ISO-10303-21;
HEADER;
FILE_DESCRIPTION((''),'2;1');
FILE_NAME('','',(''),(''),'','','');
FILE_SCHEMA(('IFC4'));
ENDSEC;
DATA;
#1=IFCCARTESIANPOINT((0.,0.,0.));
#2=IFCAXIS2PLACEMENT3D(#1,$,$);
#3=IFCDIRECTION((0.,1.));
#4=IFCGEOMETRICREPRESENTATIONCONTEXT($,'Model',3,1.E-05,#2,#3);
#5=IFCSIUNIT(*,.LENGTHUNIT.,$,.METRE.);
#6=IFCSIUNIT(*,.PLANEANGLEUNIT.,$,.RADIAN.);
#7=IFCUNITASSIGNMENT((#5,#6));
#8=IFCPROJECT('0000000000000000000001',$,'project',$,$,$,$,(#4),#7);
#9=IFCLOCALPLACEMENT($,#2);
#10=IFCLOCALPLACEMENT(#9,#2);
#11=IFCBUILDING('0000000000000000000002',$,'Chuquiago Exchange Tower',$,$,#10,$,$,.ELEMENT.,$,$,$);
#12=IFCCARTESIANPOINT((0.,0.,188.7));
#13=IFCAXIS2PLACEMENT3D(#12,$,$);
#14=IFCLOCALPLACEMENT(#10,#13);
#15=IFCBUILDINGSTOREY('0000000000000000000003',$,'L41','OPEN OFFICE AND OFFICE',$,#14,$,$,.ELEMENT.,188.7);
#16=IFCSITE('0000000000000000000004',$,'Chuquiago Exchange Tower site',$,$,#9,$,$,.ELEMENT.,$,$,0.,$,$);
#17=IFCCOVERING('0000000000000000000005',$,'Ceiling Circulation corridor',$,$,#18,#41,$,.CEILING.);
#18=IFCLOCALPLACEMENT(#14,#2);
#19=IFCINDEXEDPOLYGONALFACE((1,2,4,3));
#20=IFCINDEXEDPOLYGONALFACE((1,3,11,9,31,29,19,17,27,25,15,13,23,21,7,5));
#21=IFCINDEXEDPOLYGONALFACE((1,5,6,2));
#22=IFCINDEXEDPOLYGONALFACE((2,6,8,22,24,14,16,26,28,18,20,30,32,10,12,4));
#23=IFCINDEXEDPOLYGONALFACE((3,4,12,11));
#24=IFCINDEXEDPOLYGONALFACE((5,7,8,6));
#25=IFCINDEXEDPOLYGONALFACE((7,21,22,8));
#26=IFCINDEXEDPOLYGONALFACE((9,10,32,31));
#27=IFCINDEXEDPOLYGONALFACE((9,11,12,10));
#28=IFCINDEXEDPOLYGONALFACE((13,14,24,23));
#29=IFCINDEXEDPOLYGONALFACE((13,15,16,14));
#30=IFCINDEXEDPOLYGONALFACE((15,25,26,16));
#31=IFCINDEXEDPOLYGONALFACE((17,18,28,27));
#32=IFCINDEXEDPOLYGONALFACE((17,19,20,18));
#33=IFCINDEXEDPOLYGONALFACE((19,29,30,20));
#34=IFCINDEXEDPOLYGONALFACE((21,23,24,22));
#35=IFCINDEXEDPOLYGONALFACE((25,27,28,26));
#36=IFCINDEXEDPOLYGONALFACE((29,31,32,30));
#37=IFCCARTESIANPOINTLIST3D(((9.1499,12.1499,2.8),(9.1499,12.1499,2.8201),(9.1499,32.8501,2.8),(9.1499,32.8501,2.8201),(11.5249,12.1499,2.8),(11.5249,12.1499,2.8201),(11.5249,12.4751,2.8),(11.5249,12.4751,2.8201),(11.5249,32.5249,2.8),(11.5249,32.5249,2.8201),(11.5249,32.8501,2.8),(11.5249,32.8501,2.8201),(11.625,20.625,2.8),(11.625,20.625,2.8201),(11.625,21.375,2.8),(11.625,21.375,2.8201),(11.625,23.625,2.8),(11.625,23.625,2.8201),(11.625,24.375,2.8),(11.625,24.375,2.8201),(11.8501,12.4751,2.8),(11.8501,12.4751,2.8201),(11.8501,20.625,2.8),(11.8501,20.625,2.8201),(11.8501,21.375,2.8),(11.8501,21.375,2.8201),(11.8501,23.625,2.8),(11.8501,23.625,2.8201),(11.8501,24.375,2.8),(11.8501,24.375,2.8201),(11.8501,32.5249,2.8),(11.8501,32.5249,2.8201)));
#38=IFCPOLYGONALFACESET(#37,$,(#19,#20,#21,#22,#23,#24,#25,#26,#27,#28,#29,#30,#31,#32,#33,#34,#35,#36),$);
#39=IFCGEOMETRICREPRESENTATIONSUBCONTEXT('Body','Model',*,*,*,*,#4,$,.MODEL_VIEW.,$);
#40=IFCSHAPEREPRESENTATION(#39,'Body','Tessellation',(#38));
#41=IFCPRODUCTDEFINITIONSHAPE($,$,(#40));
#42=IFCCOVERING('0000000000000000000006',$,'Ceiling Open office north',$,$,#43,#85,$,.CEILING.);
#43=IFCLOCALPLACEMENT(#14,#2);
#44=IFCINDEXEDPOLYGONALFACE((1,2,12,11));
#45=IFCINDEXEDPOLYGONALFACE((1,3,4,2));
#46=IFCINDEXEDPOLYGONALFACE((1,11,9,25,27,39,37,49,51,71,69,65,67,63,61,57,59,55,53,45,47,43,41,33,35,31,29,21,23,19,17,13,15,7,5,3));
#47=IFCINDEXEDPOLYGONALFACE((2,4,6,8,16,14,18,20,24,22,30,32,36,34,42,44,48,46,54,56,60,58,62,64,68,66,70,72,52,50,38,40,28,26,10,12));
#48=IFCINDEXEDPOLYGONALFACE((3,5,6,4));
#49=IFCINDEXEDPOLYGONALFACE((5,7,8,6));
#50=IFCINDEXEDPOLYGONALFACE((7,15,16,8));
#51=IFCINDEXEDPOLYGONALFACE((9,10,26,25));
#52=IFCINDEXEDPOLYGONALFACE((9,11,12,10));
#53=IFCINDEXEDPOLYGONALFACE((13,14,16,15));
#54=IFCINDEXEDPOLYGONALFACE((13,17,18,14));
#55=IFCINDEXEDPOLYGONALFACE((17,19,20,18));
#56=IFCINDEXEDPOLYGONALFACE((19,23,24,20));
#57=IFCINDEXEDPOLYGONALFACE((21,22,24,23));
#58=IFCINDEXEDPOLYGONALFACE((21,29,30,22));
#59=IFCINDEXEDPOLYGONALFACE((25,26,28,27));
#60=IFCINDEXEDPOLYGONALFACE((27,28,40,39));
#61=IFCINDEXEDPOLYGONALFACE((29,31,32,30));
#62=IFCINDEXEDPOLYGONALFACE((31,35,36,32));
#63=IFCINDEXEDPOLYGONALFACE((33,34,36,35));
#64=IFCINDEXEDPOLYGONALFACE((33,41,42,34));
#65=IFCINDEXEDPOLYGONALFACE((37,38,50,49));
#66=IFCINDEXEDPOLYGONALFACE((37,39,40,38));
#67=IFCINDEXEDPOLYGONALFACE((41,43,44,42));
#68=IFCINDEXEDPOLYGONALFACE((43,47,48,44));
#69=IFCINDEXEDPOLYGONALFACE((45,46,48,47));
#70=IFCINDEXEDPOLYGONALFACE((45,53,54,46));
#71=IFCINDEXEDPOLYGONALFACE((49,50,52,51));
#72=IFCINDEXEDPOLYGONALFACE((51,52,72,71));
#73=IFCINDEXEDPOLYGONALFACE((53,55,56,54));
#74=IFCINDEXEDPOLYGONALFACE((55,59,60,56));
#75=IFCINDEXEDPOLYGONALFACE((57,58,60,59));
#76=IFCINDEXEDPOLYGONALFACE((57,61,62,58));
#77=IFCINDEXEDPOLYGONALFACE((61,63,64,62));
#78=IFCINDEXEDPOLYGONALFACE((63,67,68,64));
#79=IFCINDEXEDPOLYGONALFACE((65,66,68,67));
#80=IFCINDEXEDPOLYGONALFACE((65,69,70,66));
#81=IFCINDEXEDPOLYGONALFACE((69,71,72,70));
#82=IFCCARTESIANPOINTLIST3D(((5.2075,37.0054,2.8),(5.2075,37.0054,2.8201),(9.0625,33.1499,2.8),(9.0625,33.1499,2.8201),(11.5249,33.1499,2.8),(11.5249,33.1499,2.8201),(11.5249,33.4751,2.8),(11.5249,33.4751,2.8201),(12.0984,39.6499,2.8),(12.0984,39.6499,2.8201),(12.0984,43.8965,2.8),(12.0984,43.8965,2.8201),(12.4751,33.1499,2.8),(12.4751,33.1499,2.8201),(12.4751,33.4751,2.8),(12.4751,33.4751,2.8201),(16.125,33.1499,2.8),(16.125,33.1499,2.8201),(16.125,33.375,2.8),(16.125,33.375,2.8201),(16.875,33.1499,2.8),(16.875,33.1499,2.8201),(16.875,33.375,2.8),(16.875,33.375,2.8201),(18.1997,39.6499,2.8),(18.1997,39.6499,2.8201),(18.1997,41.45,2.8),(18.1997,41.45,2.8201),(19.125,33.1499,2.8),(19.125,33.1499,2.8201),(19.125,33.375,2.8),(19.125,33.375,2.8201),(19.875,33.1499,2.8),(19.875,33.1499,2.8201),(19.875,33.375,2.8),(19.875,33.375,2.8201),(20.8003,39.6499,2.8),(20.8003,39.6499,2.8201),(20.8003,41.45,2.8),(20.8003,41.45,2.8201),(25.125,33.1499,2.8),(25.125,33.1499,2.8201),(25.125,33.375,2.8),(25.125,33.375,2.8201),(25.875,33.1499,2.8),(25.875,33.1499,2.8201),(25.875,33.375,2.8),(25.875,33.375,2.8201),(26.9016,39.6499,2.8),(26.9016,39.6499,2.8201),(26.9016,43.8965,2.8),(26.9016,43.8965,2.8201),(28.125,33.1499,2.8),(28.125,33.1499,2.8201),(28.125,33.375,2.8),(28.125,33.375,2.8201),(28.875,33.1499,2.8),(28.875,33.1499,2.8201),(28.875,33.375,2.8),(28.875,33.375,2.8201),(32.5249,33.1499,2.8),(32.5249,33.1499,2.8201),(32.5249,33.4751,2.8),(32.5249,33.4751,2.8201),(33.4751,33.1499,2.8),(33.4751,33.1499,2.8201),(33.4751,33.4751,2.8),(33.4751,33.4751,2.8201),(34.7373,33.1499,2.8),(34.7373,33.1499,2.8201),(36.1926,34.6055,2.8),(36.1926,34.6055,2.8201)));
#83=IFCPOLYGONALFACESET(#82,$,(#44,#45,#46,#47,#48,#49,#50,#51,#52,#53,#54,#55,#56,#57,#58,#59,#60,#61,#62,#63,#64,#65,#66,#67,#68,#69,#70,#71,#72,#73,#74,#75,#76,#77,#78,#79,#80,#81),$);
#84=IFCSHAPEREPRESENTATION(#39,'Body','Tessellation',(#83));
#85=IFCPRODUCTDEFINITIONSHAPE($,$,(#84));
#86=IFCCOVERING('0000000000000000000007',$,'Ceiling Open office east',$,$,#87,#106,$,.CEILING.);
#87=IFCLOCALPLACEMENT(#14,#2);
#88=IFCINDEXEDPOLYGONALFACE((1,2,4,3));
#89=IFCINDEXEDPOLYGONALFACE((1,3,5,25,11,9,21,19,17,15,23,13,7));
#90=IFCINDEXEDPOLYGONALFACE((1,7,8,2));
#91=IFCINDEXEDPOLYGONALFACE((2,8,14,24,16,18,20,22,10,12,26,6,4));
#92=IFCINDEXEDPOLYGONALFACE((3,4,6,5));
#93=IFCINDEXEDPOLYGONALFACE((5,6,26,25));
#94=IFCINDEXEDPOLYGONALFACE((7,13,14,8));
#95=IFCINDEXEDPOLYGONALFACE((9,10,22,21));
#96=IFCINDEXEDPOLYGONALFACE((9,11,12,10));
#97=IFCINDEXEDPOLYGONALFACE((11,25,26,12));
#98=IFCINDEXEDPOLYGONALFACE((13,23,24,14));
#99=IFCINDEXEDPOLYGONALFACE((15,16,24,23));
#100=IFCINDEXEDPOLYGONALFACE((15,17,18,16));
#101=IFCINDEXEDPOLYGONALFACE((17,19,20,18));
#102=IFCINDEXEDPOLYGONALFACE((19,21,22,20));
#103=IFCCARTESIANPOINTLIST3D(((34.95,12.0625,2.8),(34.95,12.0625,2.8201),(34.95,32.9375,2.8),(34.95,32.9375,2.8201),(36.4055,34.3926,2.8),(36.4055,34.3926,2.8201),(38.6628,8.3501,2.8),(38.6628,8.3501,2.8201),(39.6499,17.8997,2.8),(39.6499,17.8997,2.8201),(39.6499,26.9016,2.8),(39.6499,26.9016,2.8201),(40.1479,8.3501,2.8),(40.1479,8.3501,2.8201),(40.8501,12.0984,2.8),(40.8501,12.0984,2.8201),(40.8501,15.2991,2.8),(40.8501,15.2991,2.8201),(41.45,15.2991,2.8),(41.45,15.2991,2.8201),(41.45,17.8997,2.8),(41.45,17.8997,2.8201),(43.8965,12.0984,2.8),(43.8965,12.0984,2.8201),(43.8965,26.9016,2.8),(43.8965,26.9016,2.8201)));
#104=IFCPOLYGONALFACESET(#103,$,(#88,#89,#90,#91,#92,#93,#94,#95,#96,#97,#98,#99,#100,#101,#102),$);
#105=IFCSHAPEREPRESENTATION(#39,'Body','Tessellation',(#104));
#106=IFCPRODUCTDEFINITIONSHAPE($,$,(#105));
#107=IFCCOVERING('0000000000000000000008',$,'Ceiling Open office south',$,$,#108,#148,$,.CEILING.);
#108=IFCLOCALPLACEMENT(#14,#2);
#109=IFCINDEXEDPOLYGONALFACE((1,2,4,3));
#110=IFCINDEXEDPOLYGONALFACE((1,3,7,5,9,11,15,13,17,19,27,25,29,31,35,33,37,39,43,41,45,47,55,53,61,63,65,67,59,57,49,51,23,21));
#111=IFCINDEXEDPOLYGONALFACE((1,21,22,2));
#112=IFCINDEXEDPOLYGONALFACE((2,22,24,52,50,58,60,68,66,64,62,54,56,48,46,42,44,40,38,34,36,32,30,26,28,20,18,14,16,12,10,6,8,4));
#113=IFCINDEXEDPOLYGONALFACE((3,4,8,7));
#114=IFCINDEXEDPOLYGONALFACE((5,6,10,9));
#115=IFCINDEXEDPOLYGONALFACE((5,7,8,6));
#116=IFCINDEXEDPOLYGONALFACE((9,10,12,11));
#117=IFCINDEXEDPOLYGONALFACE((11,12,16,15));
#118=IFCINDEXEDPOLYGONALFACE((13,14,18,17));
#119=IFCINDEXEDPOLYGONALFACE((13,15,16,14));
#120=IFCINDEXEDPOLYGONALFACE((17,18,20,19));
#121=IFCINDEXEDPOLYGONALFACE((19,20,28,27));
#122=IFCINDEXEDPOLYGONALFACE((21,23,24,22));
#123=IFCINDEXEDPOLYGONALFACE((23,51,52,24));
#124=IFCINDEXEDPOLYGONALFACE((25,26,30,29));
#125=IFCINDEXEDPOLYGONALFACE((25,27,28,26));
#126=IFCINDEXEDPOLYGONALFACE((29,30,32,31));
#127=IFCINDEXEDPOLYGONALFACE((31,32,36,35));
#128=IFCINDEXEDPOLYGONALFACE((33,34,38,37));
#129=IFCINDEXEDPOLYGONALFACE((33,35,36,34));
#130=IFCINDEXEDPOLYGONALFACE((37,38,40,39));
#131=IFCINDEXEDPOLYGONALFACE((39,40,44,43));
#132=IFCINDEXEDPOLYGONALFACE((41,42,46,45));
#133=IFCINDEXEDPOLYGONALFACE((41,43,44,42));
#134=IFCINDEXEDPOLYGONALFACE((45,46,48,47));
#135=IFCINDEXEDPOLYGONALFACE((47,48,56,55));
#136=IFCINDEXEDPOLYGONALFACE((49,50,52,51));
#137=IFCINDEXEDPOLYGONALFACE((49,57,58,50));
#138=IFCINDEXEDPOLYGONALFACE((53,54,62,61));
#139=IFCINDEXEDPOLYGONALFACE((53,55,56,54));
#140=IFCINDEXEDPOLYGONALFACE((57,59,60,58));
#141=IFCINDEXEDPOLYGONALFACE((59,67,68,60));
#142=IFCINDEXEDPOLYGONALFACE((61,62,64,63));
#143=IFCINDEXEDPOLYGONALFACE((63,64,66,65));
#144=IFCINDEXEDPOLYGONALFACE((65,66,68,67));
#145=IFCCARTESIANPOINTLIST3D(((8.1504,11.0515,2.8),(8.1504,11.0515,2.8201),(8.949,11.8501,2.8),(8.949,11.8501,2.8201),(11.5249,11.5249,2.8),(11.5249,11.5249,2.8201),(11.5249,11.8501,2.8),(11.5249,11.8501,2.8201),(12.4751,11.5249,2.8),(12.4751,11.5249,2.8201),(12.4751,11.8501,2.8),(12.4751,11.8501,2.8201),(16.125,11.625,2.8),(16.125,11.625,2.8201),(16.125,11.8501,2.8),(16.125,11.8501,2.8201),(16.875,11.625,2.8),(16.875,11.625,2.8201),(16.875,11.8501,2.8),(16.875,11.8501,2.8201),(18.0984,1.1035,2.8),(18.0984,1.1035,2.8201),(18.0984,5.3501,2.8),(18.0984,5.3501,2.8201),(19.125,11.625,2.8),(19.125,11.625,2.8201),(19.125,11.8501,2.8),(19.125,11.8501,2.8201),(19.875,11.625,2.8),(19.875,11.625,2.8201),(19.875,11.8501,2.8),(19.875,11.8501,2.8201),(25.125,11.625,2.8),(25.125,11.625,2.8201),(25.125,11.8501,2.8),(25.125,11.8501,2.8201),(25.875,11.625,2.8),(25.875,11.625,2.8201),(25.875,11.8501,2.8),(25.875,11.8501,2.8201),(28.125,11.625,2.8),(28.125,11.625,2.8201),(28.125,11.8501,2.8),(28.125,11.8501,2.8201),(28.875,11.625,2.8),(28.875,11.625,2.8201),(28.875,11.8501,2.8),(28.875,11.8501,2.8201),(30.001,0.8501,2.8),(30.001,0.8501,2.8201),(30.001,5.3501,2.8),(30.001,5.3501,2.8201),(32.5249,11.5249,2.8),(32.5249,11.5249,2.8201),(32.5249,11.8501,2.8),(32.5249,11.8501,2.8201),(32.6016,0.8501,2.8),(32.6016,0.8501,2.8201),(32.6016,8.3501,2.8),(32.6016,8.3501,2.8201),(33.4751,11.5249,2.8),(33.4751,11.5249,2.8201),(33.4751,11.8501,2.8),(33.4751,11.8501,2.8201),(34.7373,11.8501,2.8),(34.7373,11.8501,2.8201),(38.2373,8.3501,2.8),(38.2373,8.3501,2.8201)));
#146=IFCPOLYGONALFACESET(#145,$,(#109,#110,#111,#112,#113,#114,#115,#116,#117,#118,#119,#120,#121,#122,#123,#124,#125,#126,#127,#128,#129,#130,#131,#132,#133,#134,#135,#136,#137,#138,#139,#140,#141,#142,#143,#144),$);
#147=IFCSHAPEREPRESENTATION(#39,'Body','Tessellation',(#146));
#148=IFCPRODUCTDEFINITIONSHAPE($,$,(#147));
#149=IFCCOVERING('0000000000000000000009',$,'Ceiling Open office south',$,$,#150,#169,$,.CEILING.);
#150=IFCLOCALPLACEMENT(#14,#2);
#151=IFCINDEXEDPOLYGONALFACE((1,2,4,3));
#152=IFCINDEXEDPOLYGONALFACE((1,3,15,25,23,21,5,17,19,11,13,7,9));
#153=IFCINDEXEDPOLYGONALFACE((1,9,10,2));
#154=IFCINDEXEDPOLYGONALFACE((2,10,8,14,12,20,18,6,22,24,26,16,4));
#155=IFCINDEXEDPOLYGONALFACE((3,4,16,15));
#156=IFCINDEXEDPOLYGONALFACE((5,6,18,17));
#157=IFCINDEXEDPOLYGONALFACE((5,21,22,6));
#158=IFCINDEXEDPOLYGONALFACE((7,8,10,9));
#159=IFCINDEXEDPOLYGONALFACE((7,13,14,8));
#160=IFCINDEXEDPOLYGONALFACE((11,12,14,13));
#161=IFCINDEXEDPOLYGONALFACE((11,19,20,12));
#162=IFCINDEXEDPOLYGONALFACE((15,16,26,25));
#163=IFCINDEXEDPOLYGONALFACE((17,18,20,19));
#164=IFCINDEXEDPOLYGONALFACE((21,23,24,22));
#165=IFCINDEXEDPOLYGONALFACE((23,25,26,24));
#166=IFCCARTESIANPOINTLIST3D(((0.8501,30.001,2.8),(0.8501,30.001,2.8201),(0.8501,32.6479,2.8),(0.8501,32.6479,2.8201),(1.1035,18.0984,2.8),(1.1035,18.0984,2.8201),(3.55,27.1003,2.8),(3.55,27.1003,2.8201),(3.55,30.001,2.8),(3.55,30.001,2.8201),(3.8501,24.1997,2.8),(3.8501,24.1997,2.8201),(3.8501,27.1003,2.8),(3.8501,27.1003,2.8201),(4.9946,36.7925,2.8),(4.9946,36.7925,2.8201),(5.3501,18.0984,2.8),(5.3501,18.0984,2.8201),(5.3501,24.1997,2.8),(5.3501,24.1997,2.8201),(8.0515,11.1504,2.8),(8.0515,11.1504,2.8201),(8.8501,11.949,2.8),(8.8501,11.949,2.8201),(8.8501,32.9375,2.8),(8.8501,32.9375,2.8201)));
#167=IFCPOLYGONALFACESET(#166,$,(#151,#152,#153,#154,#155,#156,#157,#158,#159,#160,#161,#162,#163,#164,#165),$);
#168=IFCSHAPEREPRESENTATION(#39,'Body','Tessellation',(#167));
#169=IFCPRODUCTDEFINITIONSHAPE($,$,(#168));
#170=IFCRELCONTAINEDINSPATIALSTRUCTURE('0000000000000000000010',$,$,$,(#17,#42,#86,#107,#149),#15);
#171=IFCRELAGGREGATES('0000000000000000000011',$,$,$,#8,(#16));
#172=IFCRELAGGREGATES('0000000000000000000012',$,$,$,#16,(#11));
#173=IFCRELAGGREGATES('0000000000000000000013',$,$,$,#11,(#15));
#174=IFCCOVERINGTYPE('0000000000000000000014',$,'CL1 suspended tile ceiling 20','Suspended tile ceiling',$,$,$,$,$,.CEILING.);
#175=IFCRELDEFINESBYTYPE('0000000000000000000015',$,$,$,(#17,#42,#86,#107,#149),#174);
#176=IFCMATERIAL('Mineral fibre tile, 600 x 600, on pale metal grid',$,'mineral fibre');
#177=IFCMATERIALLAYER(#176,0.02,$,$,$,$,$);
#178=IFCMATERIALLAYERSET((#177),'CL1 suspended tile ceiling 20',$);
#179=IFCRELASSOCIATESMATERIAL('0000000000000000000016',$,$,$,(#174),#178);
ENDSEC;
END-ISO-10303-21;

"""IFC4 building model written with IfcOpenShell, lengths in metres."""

from ifc_helpers import new_model, si_unit, direction, frame, origin, place, context, subcontext, project, spatial, polyline, outline, extrude, material, layer, layer_set, type_object, element, save


model = new_model("IFC4")

# Units and contexts
model_context = context("Model", 3, precision=1e-05, world=origin(), true_north=direction((0.0, 1.0)))
body_context = subcontext(model_context, "Body", "Model", "MODEL_VIEW")
ifc_project = project(units=[si_unit("LENGTHUNIT", "METRE"), si_unit("PLANEANGLEUNIT", "RADIAN")], contexts=[model_context])

# Site, building, storey
site_placement = place(None, origin())
site = spatial("IfcSite", under=ifc_project, at=site_placement, Name="Chuquiago Exchange Tower site", CompositionType="ELEMENT", RefElevation=0.0)
building_placement = place(site_placement, origin())
building = spatial("IfcBuilding", under=site, at=building_placement, Name="Chuquiago Exchange Tower", CompositionType="ELEMENT")
storey_placement = place(building_placement, frame((0.0, 0.0, 188.7)))
storey = spatial("IfcBuildingStorey", under=building, at=storey_placement, Name="L41", Description="OPEN OFFICE AND OFFICE", CompositionType="ELEMENT", Elevation=188.7)

# Coverings
ifc_material_1 = material(Name="Mineral fibre tile, 600 x 600, on pale metal grid", Category="mineral fibre")
ifc_layer_1 = layer(ifc_material_1, 0.02)
ifc_layer_set_1 = layer_set([ifc_layer_1], Name="CL1 suspended tile ceiling 20")
covering_type_1 = type_object("IfcCoveringType", Name="CL1 suspended tile ceiling 20", Description="Suspended tile ceiling", PredefinedType="CEILING", material=ifc_layer_set_1)
covering_1_placement = place(storey_placement, frame((0.0, 0.0, 2.8)))
element("IfcCovering", 1, at=covering_1_placement, inside=storey, type_object=covering_type_1, Name="Ceiling Circulation corridor", PredefinedType="CEILING", context=body_context, shape_type="SweptSolid", body=[
    extrude(outline(polyline([(9.1499, 12.1499), (9.1499, 32.8501), (11.5249, 32.8501), (11.5249, 32.5249), (11.8501, 32.5249), (11.8501, 24.375), (11.625, 24.375), (11.625, 23.625), (11.8501, 23.625), (11.8501, 21.375), (11.625, 21.375), (11.625, 20.625), (11.8501, 20.625), (11.8501, 12.4751), (11.5249, 12.4751), (11.5249, 12.1499), (9.1499, 12.1499)])), origin(), (0.0, 0.0, 1.0), 0.02),
])
covering_2_placement = place(storey_placement, frame((0.0, 0.0, 2.8)))
element("IfcCovering", 2, at=covering_2_placement, inside=storey, type_object=covering_type_1, Name="Ceiling Open office north", PredefinedType="CEILING", context=body_context, shape_type="SweptSolid", body=[
    extrude(outline(polyline([(12.0984, 39.6499), (18.1997, 39.6499), (18.1997, 41.45), (20.8003, 41.45), (20.8003, 39.6499), (26.9016, 39.6499), (26.9016, 43.8965), (36.1926, 34.6055), (34.7373, 33.1499), (33.4751, 33.1499), (33.4751, 33.4751), (32.5249, 33.4751), (32.5249, 33.1499), (28.875, 33.1499), (28.875, 33.375), (28.125, 33.375), (28.125, 33.1499), (25.875, 33.1499), (25.875, 33.375), (25.125, 33.375), (25.125, 33.1499), (19.875, 33.1499), (19.875, 33.375), (19.125, 33.375), (19.125, 33.1499), (16.875, 33.1499), (16.875, 33.375), (16.125, 33.375), (16.125, 33.1499), (12.4751, 33.1499), (12.4751, 33.4751), (11.5249, 33.4751), (11.5249, 33.1499), (9.0625, 33.1499), (5.2075, 37.0054), (12.0984, 43.8965), (12.0984, 39.6499)])), origin(), (0.0, 0.0, 1.0), 0.02),
])
covering_3_placement = place(storey_placement, frame((0.0, 0.0, 2.8)))
element("IfcCovering", 3, at=covering_3_placement, inside=storey, type_object=covering_type_1, Name="Ceiling Open office east", PredefinedType="CEILING", context=body_context, shape_type="SweptSolid", body=[
    extrude(outline(polyline([(40.1479, 8.3501), (38.6628, 8.3501), (34.95, 12.0625), (34.95, 32.9375), (36.4055, 34.3926), (43.8965, 26.9016), (39.6499, 26.9016), (39.6499, 17.8997), (41.45, 17.8997), (41.45, 15.2991), (40.8501, 15.2991), (40.8501, 12.0984), (43.8965, 12.0984), (40.1479, 8.3501)])), origin(), (0.0, 0.0, 1.0), 0.02),
])
covering_4_placement = place(storey_placement, frame((0.0, 0.0, 2.8)))
element("IfcCovering", 4, at=covering_4_placement, inside=storey, type_object=covering_type_1, Name="Ceiling Open office south", PredefinedType="CEILING", context=body_context, shape_type="SweptSolid", body=[
    extrude(outline(polyline([(30.001, 0.8501), (30.001, 5.3501), (18.0984, 5.3501), (18.0984, 1.1035), (8.1504, 11.0515), (8.949, 11.8501), (11.5249, 11.8501), (11.5249, 11.5249), (12.4751, 11.5249), (12.4751, 11.8501), (16.125, 11.8501), (16.125, 11.625), (16.875, 11.625), (16.875, 11.8501), (19.125, 11.8501), (19.125, 11.625), (19.875, 11.625), (19.875, 11.8501), (25.125, 11.8501), (25.125, 11.625), (25.875, 11.625), (25.875, 11.8501), (28.125, 11.8501), (28.125, 11.625), (28.875, 11.625), (28.875, 11.8501), (32.5249, 11.8501), (32.5249, 11.5249), (33.4751, 11.5249), (33.4751, 11.8501), (34.7373, 11.8501), (38.2373, 8.3501), (32.6016, 8.3501), (32.6016, 0.8501), (30.001, 0.8501)])), origin(), (0.0, 0.0, 1.0), 0.02),
])
covering_5_placement = place(storey_placement, frame((0.0, 0.0, 2.8)))
element("IfcCovering", 5, at=covering_5_placement, inside=storey, type_object=covering_type_1, Name="Ceiling Open office south", PredefinedType="CEILING", context=body_context, shape_type="SweptSolid", body=[
    extrude(outline(polyline([(1.1035, 18.0984), (5.3501, 18.0984), (5.3501, 24.1997), (3.8501, 24.1997), (3.8501, 27.1003), (3.55, 27.1003), (3.55, 30.001), (0.8501, 30.001), (0.8501, 32.6479), (4.9946, 36.7925), (8.8501, 32.9375), (8.8501, 11.949), (8.0515, 11.1504), (1.1035, 18.0984)])), origin(), (0.0, 0.0, 1.0), 0.02),
])

save(model, "model.ifc")
